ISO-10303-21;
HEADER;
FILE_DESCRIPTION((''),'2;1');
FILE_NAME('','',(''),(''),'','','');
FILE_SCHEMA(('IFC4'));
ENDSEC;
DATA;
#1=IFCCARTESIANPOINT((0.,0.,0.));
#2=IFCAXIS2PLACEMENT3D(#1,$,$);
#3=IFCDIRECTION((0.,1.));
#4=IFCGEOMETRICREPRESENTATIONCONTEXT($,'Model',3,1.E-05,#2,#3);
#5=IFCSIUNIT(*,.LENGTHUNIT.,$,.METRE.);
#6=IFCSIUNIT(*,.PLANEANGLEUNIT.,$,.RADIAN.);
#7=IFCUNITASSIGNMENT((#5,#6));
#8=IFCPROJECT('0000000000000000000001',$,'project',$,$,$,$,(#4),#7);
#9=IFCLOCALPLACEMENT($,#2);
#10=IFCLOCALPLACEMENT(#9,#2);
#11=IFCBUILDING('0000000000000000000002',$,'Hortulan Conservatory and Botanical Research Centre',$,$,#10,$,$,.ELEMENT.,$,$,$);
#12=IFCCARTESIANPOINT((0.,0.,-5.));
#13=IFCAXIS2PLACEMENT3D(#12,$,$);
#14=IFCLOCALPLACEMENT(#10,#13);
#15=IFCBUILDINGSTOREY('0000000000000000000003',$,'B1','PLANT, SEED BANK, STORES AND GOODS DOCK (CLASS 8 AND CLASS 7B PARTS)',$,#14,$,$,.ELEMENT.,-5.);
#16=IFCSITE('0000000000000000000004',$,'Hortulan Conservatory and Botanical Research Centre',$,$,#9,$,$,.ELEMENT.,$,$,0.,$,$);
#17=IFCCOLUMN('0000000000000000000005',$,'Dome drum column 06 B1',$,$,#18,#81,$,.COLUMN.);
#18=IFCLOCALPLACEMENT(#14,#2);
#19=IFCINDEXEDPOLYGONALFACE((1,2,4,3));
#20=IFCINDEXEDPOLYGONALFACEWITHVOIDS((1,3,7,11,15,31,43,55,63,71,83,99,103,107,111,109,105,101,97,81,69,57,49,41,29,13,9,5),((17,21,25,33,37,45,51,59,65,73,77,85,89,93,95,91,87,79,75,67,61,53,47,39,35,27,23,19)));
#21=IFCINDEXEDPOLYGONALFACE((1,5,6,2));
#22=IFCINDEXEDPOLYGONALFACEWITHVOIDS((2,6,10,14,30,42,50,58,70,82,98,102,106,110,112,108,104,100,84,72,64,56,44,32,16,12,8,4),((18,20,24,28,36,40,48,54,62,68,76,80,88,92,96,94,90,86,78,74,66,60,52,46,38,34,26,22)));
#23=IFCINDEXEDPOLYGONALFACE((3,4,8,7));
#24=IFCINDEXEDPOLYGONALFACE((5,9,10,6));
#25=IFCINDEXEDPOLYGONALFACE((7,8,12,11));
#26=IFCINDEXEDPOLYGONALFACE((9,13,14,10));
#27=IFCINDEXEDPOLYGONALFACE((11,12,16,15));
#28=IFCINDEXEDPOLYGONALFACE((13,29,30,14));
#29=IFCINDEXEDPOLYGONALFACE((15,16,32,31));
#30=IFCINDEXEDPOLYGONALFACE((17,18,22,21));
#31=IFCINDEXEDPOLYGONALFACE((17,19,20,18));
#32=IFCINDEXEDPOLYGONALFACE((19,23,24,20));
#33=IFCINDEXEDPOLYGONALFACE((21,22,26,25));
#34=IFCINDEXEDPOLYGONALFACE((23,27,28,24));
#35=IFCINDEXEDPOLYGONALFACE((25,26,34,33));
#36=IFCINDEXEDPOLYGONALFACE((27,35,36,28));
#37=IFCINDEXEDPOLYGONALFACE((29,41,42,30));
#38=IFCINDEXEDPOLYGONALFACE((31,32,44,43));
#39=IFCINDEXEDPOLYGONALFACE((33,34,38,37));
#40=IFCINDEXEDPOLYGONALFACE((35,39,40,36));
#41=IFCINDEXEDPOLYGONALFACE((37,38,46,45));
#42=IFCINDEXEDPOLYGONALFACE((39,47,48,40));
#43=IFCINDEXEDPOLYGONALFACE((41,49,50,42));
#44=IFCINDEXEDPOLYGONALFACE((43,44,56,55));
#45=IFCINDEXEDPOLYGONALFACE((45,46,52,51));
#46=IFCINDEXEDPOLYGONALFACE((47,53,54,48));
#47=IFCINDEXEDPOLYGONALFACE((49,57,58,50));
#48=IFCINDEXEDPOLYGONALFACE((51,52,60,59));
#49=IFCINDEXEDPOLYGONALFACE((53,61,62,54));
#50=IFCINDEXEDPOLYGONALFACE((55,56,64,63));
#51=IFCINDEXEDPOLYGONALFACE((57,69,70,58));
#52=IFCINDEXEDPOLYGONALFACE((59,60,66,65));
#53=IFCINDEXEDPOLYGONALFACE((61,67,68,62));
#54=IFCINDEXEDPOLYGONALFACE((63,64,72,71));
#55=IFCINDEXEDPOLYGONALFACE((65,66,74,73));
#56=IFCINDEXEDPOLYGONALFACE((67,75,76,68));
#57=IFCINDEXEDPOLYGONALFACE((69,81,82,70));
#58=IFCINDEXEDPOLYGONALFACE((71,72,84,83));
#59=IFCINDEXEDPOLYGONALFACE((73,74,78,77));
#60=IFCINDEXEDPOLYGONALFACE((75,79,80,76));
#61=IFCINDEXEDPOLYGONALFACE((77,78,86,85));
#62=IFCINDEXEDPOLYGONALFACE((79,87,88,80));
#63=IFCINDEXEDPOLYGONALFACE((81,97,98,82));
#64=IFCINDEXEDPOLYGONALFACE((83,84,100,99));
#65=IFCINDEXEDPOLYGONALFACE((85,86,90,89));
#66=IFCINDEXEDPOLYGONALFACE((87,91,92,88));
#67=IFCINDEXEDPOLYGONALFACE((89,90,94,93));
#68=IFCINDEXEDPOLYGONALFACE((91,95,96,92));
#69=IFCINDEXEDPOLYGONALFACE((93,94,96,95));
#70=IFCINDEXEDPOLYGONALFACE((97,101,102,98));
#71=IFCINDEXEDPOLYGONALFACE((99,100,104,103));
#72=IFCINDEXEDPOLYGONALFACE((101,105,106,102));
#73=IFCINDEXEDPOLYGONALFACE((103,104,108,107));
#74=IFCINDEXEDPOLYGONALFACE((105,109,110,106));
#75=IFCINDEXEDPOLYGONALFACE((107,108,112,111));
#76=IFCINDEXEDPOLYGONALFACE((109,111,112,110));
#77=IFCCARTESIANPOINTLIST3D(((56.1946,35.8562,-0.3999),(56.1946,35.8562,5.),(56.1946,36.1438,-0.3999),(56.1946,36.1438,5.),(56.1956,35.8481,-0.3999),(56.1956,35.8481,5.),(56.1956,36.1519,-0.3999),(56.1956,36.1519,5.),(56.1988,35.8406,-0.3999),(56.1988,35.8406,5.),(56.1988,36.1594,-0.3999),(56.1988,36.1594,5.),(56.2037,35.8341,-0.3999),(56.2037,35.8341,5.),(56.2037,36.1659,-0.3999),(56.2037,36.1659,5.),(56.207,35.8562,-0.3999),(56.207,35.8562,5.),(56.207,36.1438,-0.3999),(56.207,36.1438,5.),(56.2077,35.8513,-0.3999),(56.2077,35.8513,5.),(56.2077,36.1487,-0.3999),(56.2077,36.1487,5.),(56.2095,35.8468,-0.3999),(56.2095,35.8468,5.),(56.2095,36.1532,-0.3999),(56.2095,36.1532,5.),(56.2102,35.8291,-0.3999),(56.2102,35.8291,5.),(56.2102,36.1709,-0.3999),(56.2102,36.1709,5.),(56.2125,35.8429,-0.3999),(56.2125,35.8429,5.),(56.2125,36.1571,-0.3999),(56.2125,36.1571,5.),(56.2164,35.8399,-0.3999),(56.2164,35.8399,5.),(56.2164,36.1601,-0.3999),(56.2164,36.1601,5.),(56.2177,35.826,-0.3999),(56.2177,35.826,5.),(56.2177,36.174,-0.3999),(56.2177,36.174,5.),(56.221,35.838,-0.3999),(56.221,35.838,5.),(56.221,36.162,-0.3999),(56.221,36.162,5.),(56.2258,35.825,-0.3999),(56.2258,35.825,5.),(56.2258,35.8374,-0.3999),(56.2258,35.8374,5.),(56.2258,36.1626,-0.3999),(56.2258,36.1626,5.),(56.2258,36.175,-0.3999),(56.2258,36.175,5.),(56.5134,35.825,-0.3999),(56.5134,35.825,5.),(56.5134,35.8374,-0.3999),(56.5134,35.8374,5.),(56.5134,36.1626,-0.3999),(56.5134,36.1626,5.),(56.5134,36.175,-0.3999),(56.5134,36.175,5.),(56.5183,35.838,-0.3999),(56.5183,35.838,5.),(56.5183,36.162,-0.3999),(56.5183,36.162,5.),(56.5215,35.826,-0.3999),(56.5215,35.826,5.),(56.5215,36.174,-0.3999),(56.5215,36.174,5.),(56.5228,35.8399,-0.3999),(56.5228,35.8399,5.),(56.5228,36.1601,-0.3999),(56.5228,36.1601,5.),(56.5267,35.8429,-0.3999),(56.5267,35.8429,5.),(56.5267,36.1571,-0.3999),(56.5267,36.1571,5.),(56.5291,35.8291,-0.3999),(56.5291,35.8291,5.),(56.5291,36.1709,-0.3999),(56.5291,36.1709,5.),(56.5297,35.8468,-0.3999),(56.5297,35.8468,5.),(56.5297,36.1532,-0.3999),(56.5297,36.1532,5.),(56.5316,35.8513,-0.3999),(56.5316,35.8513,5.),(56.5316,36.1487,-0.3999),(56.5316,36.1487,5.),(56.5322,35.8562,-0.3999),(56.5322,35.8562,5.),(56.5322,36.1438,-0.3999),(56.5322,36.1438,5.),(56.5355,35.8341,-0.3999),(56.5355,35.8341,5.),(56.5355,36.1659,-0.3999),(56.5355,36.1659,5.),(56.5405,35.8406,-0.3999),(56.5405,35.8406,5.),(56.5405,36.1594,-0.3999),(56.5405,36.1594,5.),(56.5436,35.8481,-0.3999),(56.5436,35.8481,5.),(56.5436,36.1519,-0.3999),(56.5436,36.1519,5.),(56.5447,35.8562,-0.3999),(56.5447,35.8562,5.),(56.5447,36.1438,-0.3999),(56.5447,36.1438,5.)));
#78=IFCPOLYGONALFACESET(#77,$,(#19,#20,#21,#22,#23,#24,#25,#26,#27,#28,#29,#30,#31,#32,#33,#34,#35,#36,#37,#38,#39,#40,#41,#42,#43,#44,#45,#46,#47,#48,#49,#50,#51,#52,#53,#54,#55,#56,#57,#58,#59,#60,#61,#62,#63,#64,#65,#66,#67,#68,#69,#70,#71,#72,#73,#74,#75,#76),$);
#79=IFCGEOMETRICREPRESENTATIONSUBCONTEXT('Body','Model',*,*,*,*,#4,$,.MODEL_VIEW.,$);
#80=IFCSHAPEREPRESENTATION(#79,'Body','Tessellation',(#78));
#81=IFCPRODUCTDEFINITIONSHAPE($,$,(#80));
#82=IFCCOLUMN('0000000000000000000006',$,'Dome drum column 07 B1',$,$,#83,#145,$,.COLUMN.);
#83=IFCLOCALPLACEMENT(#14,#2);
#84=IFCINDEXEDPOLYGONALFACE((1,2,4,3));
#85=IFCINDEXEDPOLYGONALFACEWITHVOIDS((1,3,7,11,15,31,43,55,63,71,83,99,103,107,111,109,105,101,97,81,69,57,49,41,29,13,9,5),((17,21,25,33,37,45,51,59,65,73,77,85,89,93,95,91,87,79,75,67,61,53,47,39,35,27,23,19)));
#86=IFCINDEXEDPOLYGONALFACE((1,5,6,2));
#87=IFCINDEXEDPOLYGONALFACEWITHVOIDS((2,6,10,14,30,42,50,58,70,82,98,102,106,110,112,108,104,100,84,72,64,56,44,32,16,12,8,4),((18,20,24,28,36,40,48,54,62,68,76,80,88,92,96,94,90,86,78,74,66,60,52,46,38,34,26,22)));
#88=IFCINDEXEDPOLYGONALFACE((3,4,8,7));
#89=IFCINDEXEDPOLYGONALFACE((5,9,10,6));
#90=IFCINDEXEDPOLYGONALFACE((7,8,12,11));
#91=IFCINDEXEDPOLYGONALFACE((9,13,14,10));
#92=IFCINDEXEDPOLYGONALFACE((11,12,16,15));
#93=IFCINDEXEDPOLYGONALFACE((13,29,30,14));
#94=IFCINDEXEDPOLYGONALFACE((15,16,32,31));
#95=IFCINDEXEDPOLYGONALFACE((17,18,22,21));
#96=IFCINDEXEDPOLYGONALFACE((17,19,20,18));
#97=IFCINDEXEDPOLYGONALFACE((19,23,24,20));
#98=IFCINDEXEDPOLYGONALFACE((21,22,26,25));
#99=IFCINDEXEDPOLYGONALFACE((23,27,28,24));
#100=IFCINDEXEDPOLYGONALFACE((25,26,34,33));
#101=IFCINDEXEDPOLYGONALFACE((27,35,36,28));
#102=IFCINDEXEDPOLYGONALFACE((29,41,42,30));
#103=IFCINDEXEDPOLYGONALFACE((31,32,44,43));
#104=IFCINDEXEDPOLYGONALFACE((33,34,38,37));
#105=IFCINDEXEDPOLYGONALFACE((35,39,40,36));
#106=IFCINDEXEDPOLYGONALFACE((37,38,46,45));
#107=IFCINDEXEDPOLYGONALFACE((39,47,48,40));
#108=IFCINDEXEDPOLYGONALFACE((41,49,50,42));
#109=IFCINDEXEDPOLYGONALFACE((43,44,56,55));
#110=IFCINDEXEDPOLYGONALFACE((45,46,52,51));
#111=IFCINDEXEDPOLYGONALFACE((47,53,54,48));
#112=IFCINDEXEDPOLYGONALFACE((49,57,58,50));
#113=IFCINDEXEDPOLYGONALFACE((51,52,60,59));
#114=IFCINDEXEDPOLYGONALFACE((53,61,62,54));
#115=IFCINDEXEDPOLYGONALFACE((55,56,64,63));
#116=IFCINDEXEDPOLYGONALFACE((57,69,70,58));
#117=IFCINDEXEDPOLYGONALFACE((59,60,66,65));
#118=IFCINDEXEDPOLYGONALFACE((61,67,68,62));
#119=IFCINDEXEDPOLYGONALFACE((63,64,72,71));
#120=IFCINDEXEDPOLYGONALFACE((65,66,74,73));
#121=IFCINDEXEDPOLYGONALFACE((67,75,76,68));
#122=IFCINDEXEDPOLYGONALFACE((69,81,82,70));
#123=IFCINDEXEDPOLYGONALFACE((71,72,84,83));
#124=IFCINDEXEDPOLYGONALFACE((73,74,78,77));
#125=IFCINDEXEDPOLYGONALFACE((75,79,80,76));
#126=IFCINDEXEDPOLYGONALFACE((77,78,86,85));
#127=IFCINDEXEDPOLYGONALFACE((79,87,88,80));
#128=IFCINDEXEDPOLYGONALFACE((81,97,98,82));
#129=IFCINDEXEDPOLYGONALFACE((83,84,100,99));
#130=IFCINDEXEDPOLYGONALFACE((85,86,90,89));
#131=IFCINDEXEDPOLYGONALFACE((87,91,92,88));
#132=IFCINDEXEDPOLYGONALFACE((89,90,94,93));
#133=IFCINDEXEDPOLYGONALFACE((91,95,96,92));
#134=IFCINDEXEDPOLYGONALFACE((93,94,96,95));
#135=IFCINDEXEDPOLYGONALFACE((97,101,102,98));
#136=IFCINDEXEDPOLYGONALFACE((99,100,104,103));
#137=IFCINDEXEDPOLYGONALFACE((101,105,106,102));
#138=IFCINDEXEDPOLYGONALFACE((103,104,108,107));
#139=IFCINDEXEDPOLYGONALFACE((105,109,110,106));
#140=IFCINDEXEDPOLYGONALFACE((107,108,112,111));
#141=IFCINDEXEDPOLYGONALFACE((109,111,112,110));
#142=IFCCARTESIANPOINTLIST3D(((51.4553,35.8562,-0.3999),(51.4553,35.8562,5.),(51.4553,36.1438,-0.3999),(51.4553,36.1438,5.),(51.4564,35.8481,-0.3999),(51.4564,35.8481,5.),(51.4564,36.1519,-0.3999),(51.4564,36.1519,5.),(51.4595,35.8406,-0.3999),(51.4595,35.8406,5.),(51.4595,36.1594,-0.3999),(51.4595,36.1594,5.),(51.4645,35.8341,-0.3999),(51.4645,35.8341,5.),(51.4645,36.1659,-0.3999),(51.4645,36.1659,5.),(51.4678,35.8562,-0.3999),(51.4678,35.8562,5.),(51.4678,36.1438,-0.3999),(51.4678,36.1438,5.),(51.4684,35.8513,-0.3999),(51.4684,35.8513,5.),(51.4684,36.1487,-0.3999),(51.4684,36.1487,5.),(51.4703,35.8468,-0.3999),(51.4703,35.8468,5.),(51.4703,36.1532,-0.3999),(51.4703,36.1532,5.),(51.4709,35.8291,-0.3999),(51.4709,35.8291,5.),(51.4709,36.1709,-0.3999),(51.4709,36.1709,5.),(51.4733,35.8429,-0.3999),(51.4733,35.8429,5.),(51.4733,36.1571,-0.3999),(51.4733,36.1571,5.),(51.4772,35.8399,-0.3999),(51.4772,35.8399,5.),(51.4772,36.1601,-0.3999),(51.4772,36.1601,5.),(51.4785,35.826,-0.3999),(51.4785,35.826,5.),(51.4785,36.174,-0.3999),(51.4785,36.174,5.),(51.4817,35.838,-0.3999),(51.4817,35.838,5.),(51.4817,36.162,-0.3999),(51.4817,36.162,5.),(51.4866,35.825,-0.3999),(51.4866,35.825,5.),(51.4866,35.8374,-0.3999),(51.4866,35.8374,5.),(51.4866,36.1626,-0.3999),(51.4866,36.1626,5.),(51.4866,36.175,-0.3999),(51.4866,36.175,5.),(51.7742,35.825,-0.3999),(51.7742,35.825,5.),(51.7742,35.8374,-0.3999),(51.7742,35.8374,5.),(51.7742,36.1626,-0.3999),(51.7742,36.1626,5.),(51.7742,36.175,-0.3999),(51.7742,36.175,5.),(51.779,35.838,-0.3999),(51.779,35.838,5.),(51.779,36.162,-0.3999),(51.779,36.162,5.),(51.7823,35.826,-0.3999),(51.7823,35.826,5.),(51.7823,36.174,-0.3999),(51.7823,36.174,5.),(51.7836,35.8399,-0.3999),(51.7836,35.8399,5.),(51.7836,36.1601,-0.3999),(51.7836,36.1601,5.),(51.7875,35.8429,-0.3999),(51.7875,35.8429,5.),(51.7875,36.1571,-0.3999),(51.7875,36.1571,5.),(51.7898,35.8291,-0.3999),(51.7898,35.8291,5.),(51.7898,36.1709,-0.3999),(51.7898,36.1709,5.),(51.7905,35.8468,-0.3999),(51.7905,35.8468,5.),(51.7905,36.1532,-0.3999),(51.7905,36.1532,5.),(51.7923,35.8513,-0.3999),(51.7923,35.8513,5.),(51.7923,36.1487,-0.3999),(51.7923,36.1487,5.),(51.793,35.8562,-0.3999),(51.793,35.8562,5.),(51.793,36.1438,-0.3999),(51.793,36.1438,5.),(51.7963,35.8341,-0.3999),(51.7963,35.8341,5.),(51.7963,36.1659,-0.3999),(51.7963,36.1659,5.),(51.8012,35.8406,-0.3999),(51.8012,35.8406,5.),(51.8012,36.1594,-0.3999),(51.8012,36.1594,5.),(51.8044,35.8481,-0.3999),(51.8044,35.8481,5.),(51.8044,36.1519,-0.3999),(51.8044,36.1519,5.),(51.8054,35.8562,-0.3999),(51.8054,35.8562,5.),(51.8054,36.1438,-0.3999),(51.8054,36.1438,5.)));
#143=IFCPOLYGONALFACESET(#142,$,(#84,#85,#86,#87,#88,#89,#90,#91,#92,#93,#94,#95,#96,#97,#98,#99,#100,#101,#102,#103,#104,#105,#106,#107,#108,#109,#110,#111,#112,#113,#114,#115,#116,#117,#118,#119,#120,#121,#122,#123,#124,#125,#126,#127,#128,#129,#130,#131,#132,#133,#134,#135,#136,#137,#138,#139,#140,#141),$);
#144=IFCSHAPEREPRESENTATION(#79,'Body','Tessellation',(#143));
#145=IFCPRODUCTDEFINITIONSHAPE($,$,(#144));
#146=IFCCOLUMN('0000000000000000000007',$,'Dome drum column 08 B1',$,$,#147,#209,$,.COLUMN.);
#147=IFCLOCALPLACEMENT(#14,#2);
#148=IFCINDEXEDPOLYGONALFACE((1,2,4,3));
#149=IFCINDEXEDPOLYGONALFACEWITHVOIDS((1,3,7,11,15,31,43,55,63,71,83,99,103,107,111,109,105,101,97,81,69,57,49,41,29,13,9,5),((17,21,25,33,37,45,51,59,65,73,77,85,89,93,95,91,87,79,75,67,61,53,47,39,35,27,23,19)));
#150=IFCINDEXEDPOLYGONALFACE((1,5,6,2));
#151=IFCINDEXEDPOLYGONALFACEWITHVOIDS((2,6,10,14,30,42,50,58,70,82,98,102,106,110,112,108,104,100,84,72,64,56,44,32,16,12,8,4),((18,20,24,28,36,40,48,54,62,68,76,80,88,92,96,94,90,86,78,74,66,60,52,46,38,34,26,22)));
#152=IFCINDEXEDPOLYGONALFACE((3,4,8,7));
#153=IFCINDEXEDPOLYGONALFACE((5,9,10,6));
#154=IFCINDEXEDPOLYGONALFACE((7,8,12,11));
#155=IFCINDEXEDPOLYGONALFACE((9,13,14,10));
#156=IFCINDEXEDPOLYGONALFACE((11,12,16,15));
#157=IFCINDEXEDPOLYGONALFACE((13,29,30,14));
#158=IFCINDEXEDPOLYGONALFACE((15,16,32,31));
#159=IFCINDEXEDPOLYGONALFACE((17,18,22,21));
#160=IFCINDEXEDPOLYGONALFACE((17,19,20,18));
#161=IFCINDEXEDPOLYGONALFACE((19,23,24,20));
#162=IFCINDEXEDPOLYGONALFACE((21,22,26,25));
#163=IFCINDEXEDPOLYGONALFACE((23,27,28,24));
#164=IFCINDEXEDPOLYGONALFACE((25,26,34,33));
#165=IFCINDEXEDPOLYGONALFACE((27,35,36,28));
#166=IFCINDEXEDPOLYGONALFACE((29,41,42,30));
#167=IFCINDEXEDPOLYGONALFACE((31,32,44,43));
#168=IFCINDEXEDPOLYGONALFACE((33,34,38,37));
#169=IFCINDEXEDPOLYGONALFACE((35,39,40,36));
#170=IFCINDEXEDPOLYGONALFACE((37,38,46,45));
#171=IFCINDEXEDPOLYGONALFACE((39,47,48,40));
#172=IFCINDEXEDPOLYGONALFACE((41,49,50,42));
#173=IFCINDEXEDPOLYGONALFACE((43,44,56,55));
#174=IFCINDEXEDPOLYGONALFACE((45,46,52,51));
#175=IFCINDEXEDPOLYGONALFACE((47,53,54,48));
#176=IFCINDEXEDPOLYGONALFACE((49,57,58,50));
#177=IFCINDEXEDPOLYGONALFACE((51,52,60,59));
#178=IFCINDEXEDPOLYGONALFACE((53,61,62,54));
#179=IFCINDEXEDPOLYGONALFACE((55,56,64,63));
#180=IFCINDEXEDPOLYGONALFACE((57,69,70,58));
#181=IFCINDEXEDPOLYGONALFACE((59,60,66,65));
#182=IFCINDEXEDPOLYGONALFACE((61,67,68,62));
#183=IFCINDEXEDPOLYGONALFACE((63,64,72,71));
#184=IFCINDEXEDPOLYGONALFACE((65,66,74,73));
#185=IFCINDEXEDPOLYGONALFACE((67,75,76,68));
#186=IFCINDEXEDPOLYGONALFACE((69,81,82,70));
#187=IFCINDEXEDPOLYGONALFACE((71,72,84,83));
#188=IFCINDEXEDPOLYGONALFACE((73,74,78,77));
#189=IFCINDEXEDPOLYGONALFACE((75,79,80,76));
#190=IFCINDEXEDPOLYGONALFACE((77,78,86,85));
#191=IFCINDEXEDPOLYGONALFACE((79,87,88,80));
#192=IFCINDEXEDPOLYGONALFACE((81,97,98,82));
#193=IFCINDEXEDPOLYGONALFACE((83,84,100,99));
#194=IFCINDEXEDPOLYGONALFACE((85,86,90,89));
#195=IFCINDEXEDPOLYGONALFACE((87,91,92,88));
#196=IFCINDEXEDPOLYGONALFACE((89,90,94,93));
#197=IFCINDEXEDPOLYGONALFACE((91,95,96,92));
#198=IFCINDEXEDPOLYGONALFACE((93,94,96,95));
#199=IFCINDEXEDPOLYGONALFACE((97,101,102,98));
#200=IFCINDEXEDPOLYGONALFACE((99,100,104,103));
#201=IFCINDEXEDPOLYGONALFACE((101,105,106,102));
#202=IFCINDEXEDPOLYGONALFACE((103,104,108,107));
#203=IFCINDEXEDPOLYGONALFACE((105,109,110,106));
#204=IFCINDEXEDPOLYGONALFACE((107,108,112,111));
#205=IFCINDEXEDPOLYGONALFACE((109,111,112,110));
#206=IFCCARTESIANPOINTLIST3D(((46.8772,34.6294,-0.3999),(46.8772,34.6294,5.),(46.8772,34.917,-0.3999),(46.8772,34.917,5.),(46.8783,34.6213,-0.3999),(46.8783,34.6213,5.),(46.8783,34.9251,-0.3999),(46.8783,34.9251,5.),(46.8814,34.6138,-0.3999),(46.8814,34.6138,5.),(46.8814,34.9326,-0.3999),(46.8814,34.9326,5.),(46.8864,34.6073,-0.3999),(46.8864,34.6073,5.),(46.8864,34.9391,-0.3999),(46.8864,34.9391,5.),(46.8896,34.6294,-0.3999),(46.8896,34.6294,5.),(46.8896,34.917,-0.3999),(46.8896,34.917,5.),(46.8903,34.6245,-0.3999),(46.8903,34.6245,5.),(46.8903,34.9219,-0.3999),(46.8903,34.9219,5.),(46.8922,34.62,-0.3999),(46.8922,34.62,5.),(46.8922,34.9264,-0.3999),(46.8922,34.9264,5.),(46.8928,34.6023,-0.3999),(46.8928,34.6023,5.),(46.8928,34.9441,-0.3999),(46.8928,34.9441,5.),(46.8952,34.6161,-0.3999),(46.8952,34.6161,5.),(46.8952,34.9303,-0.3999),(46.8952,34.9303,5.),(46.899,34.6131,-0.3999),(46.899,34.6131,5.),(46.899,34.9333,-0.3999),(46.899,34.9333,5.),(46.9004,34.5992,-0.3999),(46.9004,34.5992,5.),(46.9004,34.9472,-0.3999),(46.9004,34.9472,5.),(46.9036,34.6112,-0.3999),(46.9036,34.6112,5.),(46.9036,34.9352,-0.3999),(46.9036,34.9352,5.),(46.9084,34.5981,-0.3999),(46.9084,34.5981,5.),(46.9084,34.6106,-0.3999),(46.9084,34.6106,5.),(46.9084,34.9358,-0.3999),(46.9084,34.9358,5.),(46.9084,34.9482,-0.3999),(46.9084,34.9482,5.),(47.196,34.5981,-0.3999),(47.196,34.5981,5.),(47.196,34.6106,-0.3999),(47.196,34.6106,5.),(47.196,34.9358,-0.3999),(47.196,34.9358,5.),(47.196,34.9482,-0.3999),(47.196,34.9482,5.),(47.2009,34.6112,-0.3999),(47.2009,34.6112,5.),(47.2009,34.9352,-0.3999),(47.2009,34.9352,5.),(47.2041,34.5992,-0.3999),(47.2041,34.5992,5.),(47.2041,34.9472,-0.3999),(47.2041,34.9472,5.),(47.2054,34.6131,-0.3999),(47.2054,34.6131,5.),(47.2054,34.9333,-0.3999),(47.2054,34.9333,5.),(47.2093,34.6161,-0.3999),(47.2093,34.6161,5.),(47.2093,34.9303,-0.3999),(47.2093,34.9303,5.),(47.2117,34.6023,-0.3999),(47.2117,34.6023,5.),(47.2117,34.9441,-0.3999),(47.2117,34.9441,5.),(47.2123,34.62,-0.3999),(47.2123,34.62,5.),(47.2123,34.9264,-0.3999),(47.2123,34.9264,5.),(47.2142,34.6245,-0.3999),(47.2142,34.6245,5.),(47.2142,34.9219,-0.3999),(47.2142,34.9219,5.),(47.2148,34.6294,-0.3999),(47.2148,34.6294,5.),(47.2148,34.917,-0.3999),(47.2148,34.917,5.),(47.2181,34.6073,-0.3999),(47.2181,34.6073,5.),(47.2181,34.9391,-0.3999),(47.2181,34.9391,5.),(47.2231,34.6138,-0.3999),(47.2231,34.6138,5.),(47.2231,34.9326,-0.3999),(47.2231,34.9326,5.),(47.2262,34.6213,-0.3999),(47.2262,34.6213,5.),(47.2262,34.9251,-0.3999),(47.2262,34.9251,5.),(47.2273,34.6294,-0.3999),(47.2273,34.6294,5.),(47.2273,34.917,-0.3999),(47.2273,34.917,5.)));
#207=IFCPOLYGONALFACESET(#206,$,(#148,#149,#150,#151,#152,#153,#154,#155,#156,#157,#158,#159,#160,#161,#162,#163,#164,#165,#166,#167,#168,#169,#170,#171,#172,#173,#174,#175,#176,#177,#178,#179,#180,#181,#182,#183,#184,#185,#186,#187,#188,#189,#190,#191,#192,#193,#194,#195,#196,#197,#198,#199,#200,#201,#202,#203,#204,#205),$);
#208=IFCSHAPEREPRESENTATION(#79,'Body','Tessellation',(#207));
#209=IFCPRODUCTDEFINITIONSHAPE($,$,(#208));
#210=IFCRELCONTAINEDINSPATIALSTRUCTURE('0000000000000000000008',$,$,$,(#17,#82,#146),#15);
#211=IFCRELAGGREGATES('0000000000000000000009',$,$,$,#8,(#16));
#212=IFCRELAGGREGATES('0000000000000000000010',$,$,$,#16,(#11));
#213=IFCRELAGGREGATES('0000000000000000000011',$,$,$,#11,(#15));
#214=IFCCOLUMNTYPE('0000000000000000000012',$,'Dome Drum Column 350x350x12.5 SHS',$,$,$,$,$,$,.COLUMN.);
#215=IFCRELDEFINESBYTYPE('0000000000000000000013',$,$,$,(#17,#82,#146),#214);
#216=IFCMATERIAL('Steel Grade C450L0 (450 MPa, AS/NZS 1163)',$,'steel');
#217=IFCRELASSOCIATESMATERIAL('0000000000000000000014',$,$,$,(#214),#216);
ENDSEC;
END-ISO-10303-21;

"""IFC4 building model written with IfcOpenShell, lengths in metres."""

from ifc_helpers import new_model, si_unit, direction, frame, origin, origin_2d, place, context, subcontext, project, spatial, hollow_rectangle, extrude, material, material_profile, profile_set, type_object, element, save


model = new_model("IFC4")

# Units and contexts
model_context = context("Model", 3, precision=1e-05, world=origin(), true_north=direction((0.0, 1.0)))
body_context = subcontext(model_context, "Body", "Model", "MODEL_VIEW")
ifc_project = project(units=[si_unit("LENGTHUNIT", "METRE"), si_unit("PLANEANGLEUNIT", "RADIAN")], contexts=[model_context])

# Site, building, storey
site_placement = place(None, origin())
site = spatial("IfcSite", under=ifc_project, at=site_placement, Name="Hortulan Conservatory and Botanical Research Centre", CompositionType="ELEMENT", RefElevation=0.0)
building_placement = place(site_placement, origin())
building = spatial("IfcBuilding", under=site, at=building_placement, Name="Hortulan Conservatory and Botanical Research Centre", CompositionType="ELEMENT")
storey_placement = place(building_placement, frame((0.0, 0.0, -5.0)))
storey = spatial("IfcBuildingStorey", under=building, at=storey_placement, Name="B1", Description="PLANT, SEED BANK, STORES AND GOODS DOCK (CLASS 8 AND CLASS 7B PARTS)", CompositionType="ELEMENT", Elevation=-5.0)

# Columns
ifc_material_1 = material(Name="Steel Grade C450L0 (450 MPa, AS/NZS 1163)", Category="steel")
ifc_material_profile_1 = material_profile(ifc_material_1, hollow_rectangle(XDim=0.3501, YDim=0.3501, WallThickness=0.0125, InnerFilletRadius=0.0188, OuterFilletRadius=0.0312, at=origin_2d()), Name="350x350x12.5SHS")
ifc_profile_set_1 = profile_set([ifc_material_profile_1], Name="Steel Grade C450L0 (450 MPa, AS/NZS 1163)")
column_type_1 = type_object("IfcColumnType", Name="Dome Drum Column 350x350x12.5 SHS", PredefinedType="COLUMN", material=ifc_profile_set_1)
for number, where, z_axis, x_axis, name in (
    (1, (56.3696, 36.0, -0.3999), (0.0, 0.0, 1.0), (1.0, 0.0, 0.0), "Dome drum column 06 B1"),
    (2, (51.6304, 36.0, -0.3999), (0.0, 0.0, 1.0), (1.0, 0.0, 0.0), "Dome drum column 07 B1"),
    (3, (47.0522, 34.7732, -0.3999), (0.0, 0.0, 1.0), (1.0, 0.0, 0.0), "Dome drum column 08 B1"),
):
    element("IfcColumn", number, at=place(storey_placement, frame(where, z_axis=z_axis, x_axis=x_axis)), inside=storey, type_object=column_type_1, Name=name, PredefinedType="COLUMN", context=body_context, shape_type="SweptSolid", body=[
        extrude(hollow_rectangle(XDim=0.3501, YDim=0.3501, WallThickness=0.0125, InnerFilletRadius=0.0188, OuterFilletRadius=0.0312, at=origin_2d()), origin(), (0.0, 0.0, 1.0), 5.3999),
    ])

save(model, "model.ifc")
